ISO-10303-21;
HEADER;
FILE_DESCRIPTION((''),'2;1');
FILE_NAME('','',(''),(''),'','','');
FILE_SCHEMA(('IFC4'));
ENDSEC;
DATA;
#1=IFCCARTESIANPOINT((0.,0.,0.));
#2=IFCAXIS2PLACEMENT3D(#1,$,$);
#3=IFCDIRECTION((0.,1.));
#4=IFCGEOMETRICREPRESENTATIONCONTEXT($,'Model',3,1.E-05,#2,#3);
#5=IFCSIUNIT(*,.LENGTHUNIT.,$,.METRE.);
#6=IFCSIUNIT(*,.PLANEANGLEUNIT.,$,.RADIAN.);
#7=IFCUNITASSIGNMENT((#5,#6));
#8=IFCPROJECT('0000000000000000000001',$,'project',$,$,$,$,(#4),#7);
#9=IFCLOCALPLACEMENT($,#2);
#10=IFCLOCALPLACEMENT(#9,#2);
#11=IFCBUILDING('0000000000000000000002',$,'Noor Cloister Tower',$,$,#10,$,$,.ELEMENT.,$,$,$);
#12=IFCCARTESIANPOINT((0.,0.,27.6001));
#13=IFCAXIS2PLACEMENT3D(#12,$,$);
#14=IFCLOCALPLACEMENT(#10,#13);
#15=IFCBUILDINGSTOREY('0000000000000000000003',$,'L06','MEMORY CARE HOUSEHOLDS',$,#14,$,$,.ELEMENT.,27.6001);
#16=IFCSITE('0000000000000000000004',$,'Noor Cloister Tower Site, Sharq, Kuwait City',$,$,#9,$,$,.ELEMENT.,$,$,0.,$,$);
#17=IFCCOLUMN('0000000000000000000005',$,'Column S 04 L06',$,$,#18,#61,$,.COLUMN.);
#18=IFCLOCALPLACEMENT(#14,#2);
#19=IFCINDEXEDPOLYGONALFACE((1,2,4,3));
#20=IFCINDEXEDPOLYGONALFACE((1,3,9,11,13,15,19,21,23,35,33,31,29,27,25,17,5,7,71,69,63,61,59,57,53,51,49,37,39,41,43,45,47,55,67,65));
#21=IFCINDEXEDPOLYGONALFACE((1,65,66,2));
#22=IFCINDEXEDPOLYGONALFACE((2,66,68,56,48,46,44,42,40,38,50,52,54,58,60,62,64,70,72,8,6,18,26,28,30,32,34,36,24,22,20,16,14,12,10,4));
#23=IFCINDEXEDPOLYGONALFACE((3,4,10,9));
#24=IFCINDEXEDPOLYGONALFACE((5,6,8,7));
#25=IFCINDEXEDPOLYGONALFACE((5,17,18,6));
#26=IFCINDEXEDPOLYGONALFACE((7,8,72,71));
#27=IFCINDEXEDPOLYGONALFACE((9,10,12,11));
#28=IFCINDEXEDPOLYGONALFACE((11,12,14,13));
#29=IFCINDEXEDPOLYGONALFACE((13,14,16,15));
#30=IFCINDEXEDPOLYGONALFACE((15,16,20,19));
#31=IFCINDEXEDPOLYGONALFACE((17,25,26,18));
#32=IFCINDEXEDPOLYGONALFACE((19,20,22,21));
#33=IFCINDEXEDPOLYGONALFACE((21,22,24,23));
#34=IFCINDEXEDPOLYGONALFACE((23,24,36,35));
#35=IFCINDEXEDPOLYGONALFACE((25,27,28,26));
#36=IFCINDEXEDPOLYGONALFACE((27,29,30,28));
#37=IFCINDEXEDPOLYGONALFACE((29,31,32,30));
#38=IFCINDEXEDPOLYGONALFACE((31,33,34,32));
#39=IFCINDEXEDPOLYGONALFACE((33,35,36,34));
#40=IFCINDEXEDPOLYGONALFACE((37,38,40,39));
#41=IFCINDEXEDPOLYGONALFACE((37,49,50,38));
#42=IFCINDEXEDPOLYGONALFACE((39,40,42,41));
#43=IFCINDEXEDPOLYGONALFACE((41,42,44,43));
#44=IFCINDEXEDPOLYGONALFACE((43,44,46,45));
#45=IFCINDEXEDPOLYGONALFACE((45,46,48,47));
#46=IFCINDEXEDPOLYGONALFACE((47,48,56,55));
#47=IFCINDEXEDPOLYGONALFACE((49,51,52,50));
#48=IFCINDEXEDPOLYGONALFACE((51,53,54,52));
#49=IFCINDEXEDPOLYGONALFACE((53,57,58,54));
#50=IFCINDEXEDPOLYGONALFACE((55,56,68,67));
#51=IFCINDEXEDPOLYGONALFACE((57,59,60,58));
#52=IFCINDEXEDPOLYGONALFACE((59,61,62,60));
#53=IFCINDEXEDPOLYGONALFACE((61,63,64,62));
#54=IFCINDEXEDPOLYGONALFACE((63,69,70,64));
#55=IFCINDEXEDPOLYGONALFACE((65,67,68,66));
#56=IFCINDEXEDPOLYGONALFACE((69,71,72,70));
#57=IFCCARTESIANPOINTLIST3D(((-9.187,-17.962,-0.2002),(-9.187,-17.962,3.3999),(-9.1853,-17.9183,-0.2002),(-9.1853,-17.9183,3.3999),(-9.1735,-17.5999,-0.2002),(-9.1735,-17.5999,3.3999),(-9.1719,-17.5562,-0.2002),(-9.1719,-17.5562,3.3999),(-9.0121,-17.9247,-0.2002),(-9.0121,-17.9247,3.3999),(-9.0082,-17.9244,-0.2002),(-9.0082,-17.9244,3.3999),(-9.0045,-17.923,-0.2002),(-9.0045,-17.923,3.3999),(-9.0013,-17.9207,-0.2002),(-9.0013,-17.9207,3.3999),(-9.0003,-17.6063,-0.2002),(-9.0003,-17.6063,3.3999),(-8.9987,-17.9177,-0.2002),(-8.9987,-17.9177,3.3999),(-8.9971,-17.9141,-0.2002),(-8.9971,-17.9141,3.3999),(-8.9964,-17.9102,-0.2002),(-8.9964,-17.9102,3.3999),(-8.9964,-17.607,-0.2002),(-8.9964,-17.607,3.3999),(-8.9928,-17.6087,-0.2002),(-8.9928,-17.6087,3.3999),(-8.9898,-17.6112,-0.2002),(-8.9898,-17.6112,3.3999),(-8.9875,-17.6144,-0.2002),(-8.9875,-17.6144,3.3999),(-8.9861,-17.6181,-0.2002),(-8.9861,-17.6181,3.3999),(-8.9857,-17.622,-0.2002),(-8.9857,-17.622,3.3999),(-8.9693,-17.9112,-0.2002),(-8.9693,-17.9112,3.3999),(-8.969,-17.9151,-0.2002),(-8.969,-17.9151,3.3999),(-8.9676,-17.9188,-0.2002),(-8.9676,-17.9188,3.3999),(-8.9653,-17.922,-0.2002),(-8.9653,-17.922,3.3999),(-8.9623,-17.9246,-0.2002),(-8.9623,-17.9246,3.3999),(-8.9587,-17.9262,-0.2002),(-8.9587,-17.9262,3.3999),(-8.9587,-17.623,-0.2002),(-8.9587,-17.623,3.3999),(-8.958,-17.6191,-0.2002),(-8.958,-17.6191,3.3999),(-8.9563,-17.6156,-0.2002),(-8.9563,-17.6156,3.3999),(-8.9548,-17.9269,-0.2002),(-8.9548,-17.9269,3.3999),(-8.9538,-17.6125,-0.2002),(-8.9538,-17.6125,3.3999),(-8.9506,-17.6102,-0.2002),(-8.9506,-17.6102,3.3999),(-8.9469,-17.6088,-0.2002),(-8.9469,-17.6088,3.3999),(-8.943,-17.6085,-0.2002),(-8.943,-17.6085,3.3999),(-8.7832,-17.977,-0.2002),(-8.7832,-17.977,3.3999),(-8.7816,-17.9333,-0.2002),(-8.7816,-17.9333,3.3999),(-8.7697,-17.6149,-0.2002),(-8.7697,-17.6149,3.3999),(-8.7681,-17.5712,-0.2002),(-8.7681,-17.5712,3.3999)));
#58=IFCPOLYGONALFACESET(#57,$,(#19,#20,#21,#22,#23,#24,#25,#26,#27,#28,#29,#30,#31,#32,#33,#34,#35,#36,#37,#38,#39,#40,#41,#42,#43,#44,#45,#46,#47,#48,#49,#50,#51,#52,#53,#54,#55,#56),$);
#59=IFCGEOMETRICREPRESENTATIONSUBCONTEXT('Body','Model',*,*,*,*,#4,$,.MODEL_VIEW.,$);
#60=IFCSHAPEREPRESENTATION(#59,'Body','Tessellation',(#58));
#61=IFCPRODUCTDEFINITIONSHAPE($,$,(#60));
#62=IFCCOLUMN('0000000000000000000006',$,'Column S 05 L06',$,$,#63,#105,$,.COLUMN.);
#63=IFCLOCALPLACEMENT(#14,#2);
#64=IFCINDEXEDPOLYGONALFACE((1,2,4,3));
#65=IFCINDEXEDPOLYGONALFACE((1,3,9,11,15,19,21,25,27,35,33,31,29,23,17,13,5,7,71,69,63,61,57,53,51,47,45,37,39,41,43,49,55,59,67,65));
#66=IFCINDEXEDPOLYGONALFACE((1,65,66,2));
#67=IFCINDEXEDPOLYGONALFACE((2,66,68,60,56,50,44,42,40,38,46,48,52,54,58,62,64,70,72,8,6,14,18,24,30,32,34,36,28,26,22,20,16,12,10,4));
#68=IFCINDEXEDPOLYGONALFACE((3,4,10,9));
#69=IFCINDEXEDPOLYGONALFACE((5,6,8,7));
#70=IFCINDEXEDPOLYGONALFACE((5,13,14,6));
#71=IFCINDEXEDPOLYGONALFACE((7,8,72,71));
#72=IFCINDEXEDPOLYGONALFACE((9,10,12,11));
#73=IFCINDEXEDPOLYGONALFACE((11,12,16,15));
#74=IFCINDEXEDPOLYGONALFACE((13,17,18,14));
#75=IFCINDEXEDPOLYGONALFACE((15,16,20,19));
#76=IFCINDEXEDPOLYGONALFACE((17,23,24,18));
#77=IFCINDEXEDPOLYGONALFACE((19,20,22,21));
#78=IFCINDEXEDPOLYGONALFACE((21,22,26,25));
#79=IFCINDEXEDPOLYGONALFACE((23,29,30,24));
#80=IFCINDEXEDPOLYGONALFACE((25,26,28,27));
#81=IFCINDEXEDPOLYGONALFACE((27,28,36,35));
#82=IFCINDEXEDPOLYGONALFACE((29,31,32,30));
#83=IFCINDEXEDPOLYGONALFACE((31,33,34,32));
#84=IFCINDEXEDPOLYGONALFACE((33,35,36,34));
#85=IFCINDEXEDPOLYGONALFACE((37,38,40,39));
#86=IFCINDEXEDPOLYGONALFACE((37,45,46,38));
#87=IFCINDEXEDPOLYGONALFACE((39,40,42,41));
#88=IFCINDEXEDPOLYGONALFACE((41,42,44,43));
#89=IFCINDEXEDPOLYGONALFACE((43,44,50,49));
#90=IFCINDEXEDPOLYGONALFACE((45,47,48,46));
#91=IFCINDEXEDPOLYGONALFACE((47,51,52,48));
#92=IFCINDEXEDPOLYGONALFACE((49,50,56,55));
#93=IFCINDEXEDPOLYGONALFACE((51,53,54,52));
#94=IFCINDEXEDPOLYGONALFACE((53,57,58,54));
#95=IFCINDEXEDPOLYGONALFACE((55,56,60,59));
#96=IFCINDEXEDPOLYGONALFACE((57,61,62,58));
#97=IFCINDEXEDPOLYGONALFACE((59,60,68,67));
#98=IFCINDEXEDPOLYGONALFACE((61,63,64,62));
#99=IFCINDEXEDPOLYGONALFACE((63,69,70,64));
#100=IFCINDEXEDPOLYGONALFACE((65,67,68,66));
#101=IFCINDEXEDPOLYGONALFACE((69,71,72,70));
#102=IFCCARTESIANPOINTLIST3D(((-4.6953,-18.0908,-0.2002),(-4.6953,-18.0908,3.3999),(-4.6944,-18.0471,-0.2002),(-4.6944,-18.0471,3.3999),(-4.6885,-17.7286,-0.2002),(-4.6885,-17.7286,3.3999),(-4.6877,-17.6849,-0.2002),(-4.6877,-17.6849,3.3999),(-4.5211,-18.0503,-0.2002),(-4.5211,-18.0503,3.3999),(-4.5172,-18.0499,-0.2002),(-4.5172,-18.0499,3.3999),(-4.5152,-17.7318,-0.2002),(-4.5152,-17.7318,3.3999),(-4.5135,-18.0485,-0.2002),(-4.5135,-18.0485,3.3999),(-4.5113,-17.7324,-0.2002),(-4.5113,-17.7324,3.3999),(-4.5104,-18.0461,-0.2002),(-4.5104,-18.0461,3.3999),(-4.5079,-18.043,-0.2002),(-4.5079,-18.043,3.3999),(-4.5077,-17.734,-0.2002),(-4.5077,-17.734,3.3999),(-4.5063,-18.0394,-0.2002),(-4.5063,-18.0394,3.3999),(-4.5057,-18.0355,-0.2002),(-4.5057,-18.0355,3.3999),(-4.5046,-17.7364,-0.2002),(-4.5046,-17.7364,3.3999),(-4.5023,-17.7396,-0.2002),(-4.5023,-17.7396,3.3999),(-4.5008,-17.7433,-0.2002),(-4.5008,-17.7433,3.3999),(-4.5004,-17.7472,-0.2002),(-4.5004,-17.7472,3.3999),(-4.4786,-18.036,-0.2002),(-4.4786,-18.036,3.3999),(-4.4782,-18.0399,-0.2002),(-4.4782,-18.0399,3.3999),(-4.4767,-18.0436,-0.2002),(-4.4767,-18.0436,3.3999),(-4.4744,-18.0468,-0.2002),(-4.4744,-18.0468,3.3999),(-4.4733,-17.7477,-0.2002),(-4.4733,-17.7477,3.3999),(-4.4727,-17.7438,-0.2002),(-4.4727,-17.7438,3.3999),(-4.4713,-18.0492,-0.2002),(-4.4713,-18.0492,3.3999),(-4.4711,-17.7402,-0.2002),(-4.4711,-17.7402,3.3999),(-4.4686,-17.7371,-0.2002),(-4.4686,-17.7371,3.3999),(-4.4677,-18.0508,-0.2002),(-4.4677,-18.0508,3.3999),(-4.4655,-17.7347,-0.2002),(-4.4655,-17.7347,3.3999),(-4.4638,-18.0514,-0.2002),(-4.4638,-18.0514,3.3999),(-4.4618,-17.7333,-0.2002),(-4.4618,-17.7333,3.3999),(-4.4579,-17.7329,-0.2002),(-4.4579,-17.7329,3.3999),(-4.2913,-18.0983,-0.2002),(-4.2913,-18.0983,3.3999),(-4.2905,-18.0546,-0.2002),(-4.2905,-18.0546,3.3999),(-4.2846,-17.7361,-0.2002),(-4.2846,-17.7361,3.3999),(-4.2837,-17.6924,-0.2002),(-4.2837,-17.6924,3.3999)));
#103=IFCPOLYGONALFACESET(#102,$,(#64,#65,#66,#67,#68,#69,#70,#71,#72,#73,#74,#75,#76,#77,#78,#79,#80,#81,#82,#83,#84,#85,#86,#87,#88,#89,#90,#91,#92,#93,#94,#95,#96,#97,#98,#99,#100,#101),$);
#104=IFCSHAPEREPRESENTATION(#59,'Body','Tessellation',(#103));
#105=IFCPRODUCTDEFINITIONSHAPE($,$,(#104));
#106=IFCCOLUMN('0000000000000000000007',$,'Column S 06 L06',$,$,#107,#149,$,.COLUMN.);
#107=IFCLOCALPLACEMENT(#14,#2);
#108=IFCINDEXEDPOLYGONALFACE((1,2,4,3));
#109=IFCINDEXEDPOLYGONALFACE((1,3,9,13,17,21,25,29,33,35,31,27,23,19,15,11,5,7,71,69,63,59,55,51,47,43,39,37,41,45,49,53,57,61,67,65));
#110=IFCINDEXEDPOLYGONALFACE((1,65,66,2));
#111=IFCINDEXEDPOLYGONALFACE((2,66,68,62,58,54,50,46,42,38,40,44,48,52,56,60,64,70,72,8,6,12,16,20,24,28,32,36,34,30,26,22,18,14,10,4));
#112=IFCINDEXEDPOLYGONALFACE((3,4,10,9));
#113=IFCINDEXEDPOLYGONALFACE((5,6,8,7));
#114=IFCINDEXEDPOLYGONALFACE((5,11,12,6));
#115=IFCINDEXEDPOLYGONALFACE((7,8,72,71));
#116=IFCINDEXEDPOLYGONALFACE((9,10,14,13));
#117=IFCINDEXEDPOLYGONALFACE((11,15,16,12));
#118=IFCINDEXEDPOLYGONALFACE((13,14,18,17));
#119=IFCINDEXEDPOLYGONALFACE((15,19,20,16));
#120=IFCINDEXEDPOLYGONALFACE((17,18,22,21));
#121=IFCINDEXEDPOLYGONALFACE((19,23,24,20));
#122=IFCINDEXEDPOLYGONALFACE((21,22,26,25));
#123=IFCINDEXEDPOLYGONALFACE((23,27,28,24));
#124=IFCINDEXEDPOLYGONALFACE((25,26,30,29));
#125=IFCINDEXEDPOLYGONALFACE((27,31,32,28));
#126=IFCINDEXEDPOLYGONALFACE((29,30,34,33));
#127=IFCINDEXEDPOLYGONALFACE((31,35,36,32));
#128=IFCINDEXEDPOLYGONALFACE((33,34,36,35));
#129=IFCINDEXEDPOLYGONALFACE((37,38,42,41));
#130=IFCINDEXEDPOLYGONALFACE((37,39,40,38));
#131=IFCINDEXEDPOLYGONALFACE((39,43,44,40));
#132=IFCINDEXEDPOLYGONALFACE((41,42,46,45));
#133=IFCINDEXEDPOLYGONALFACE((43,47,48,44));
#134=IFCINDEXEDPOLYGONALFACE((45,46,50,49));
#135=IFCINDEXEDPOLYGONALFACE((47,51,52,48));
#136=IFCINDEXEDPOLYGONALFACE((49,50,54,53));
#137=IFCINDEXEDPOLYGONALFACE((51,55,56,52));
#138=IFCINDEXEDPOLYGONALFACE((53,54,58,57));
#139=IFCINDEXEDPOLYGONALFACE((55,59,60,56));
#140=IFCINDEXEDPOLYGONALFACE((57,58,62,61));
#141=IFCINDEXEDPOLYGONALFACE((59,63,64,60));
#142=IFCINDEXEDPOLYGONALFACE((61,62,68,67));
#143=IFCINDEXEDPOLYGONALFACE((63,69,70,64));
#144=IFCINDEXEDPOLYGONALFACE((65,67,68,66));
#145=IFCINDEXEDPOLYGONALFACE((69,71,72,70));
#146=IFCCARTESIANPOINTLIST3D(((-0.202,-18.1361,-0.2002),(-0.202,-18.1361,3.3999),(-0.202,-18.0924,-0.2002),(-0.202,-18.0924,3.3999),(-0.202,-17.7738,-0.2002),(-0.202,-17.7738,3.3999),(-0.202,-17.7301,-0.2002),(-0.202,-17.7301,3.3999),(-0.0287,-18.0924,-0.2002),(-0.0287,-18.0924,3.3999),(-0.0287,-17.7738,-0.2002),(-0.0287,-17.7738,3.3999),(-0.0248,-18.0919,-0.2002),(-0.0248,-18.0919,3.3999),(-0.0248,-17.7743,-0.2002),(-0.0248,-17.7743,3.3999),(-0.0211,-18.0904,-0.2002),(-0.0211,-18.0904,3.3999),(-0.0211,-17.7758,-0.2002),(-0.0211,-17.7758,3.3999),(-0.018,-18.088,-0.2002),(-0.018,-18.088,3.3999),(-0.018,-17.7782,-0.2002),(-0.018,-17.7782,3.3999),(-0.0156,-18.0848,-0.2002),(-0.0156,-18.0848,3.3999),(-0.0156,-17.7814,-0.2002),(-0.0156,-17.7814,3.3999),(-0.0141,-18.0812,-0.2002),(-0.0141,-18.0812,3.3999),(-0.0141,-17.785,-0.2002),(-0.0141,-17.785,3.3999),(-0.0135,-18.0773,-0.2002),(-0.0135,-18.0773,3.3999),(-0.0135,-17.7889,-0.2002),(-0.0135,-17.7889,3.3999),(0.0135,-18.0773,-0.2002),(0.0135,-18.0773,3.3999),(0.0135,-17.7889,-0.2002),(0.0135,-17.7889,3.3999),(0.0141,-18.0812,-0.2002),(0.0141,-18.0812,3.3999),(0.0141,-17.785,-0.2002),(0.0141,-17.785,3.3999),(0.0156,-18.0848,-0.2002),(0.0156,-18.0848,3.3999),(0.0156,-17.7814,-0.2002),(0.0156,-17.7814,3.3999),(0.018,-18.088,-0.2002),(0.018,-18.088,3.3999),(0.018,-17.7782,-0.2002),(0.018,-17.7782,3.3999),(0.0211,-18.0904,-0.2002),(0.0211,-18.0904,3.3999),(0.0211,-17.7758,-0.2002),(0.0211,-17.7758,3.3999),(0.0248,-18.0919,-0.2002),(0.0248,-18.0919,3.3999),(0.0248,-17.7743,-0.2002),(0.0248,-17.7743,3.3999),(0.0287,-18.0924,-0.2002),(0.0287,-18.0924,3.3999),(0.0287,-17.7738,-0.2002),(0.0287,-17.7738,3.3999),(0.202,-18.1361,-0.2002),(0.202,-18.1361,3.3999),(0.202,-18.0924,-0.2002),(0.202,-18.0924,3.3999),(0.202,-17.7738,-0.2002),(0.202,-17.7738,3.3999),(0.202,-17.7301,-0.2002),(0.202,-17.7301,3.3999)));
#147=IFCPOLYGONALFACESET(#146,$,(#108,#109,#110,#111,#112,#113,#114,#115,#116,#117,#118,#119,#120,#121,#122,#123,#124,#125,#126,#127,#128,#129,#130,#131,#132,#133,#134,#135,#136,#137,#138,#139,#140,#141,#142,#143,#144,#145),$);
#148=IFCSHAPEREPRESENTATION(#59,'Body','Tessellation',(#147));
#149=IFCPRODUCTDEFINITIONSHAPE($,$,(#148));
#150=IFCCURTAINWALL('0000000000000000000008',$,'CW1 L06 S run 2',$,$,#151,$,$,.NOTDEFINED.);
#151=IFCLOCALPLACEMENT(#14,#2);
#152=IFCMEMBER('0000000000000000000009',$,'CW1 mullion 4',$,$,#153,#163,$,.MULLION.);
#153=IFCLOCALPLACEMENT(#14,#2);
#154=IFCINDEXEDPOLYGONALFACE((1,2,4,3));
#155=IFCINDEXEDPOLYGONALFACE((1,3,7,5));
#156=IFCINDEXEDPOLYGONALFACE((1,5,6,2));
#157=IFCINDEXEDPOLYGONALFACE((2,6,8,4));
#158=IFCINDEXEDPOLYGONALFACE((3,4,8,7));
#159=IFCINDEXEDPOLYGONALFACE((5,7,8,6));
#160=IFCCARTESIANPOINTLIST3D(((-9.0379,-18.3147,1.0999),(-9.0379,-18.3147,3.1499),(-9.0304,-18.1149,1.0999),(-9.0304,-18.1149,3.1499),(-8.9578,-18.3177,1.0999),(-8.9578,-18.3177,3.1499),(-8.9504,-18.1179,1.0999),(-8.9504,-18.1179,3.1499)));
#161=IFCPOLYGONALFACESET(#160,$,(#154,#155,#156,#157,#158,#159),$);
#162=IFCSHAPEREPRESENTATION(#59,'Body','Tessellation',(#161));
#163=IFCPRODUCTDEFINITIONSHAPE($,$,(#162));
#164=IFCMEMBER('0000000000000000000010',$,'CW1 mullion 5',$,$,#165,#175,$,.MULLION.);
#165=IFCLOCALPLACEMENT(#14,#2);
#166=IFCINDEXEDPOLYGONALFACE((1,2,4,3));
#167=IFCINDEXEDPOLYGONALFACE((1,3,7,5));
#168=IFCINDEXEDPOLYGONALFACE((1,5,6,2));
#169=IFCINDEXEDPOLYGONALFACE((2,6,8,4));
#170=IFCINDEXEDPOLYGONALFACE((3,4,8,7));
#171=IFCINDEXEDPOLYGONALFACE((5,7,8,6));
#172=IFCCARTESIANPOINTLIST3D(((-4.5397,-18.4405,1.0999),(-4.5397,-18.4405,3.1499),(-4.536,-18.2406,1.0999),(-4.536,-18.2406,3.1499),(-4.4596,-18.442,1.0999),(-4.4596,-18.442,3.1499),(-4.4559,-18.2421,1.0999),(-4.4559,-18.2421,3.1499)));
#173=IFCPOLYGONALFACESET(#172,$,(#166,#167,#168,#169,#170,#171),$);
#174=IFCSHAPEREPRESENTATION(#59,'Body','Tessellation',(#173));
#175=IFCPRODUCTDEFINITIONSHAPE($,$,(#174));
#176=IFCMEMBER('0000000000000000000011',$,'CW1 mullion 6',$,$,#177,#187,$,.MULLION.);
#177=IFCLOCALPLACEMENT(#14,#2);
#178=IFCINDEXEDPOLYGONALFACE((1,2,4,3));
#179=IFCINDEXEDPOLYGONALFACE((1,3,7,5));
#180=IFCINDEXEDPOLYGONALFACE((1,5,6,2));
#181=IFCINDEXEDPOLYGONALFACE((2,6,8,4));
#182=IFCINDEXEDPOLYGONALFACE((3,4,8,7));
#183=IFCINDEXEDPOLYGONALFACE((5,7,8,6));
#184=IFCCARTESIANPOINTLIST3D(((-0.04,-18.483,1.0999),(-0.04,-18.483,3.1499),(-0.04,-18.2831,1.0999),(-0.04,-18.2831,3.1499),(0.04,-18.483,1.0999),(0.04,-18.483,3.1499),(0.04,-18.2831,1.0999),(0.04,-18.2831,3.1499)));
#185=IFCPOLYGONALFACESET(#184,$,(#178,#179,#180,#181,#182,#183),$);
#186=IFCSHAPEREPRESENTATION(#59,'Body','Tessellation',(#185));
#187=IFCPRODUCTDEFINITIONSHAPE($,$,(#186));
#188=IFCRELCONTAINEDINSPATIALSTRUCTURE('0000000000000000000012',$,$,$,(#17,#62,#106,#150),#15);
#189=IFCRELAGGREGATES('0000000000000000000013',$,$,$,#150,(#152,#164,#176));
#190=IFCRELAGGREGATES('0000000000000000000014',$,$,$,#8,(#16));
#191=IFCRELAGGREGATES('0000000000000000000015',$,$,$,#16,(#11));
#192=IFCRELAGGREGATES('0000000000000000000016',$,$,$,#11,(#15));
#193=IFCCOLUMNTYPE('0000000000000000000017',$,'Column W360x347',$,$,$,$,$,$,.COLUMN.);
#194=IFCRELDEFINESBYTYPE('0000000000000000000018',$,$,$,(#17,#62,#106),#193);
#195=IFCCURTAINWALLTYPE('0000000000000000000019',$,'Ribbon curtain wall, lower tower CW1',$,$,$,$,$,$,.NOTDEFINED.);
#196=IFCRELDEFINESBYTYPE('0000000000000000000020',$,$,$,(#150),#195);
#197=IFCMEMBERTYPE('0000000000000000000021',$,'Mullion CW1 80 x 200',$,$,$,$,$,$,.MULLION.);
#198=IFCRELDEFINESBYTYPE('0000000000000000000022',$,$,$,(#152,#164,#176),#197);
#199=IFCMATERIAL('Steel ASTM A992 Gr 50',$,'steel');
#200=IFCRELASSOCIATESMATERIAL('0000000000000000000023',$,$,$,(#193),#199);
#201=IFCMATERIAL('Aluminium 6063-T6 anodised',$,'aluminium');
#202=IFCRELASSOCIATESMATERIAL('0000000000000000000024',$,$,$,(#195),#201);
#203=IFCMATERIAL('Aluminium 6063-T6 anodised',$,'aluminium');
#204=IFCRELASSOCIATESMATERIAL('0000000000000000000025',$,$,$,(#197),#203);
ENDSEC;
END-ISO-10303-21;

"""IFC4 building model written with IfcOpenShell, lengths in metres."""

from ifc_helpers import new_model, si_unit, direction, frame, origin, origin_2d, place, context, subcontext, project, spatial, rectangle, i_section, extrude, material, material_profile, profile_set, type_object, element, aggregate, save


model = new_model("IFC4")

# Units and contexts
model_context = context("Model", 3, precision=1e-05, world=origin(), true_north=direction((0.0, 1.0)))
body_context = subcontext(model_context, "Body", "Model", "MODEL_VIEW")
ifc_project = project(units=[si_unit("LENGTHUNIT", "METRE"), si_unit("PLANEANGLEUNIT", "RADIAN")], contexts=[model_context])

# Site, building, storey
site_placement = place(None, origin())
site = spatial("IfcSite", under=ifc_project, at=site_placement, Name="Noor Cloister Tower Site, Sharq, Kuwait City", CompositionType="ELEMENT", RefElevation=0.0)
building_placement = place(site_placement, origin())
building = spatial("IfcBuilding", under=site, at=building_placement, Name="Noor Cloister Tower", CompositionType="ELEMENT")
storey_placement = place(building_placement, frame((0.0, 0.0, 27.6001)))
storey = spatial("IfcBuildingStorey", under=building, at=storey_placement, Name="L06", Description="MEMORY CARE HOUSEHOLDS", CompositionType="ELEMENT", Elevation=27.6001)

# Columns
ifc_material_1 = material(Name="Steel ASTM A992 Gr 50", Category="steel")
ifc_material_profile_1 = material_profile(ifc_material_1, i_section(OverallWidth=0.4041, OverallDepth=0.406, WebThickness=0.0271, FlangeThickness=0.0437, FilletRadius=0.0151, at=origin_2d()), Name="W360x347")
ifc_profile_set_1 = profile_set([ifc_material_profile_1], Name="Steel ASTM A992 Gr 50")
column_type = type_object("IfcColumnType", Name="Column W360x347", PredefinedType="COLUMN", material=ifc_profile_set_1)
for number, where, z_axis, x_axis, name in (
    (1, (-8.9775, -17.7666, -0.2002), (0.0, 0.0, 1.0), (0.999312, -0.037099, 0.0), "Column S 04 L06"),
    (2, (-4.4895, -17.8916, -0.2002), (0.0, 0.0, 1.0), (0.999828, -0.018553, 0.0), "Column S 05 L06"),
    (3, (0.0, -17.9331, -0.2002), (0.0, 0.0, 1.0), (1.0, 0.0, 0.0), "Column S 06 L06"),
):
    element("IfcColumn", number, at=place(storey_placement, frame(where, z_axis=z_axis, x_axis=x_axis)), inside=storey, type_object=column_type, Name=name, PredefinedType="COLUMN", context=body_context, shape_type="SweptSolid", body=[
        extrude(i_section(OverallWidth=0.4041, OverallDepth=0.406, WebThickness=0.0271, FlangeThickness=0.0437, FilletRadius=0.0151, at=origin_2d()), origin(), (0.0, 0.0, 1.0), 3.6001),
    ])

# Curtain wall, members
ifc_material_2 = material(Name="Aluminium 6063-T6 anodised", Category="aluminium")
curtain_wall_type = type_object("IfcCurtainWallType", Name="Ribbon curtain wall, lower tower CW1", PredefinedType="NOTDEFINED", material=ifc_material_2)
curtain_wall_placement = place(storey_placement, origin())
curtain_wall = element("IfcCurtainWall", 4, at=curtain_wall_placement, inside=storey, type_object=curtain_wall_type, Name="CW1 L06 S run 2", PredefinedType="NOTDEFINED")
ifc_material_3 = material(Name="Aluminium 6063-T6 anodised", Category="aluminium")
ifc_material_profile_2 = material_profile(ifc_material_3, rectangle(XDim=0.2, YDim=0.0801, at=origin_2d()), Name="200 x 80 mullion")
ifc_profile_set_2 = profile_set([ifc_material_profile_2], Name="Aluminium 6063-T6 anodised")
member_type = type_object("IfcMemberType", Name="Mullion CW1 80 x 200", PredefinedType="MULLION", material=ifc_profile_set_2)
member_1_placement = place(storey_placement, frame((-8.9941, -18.2163, 1.0999), z_axis=(0.0, 0.0, 1.0), x_axis=(0.037099, 0.999312, 0.0)))
member_1 = element("IfcMember", 5, at=member_1_placement, type_object=member_type, Name="CW1 mullion 4", PredefinedType="MULLION", context=body_context, shape_type="SweptSolid", body=[
    extrude(rectangle(XDim=0.2, YDim=0.0801, at=origin_2d()), origin(), (0.0, 0.0, 1.0), 2.05),
])
member_2_placement = place(storey_placement, frame((-4.4978, -18.3413, 1.0999), z_axis=(0.0, 0.0, 1.0), x_axis=(0.018553, 0.999828, 0.0)))
member_2 = element("IfcMember", 6, at=member_2_placement, type_object=member_type, Name="CW1 mullion 5", PredefinedType="MULLION", context=body_context, shape_type="SweptSolid", body=[
    extrude(rectangle(XDim=0.2, YDim=0.0801, at=origin_2d()), origin(), (0.0, 0.0, 1.0), 2.05),
])
member_3_placement = place(storey_placement, frame((0.0, -18.3831, 1.0999), z_axis=(0.0, 0.0, 1.0), x_axis=(0.0, 1.0, 0.0)))
member_3 = element("IfcMember", 7, at=member_3_placement, type_object=member_type, Name="CW1 mullion 6", PredefinedType="MULLION", context=body_context, shape_type="SweptSolid", body=[
    extrude(rectangle(XDim=0.2, YDim=0.0801, at=origin_2d()), origin(), (0.0, 0.0, 1.0), 2.05),
])

aggregate(curtain_wall, [member_1, member_2, member_3])

save(model, "model.ifc")
